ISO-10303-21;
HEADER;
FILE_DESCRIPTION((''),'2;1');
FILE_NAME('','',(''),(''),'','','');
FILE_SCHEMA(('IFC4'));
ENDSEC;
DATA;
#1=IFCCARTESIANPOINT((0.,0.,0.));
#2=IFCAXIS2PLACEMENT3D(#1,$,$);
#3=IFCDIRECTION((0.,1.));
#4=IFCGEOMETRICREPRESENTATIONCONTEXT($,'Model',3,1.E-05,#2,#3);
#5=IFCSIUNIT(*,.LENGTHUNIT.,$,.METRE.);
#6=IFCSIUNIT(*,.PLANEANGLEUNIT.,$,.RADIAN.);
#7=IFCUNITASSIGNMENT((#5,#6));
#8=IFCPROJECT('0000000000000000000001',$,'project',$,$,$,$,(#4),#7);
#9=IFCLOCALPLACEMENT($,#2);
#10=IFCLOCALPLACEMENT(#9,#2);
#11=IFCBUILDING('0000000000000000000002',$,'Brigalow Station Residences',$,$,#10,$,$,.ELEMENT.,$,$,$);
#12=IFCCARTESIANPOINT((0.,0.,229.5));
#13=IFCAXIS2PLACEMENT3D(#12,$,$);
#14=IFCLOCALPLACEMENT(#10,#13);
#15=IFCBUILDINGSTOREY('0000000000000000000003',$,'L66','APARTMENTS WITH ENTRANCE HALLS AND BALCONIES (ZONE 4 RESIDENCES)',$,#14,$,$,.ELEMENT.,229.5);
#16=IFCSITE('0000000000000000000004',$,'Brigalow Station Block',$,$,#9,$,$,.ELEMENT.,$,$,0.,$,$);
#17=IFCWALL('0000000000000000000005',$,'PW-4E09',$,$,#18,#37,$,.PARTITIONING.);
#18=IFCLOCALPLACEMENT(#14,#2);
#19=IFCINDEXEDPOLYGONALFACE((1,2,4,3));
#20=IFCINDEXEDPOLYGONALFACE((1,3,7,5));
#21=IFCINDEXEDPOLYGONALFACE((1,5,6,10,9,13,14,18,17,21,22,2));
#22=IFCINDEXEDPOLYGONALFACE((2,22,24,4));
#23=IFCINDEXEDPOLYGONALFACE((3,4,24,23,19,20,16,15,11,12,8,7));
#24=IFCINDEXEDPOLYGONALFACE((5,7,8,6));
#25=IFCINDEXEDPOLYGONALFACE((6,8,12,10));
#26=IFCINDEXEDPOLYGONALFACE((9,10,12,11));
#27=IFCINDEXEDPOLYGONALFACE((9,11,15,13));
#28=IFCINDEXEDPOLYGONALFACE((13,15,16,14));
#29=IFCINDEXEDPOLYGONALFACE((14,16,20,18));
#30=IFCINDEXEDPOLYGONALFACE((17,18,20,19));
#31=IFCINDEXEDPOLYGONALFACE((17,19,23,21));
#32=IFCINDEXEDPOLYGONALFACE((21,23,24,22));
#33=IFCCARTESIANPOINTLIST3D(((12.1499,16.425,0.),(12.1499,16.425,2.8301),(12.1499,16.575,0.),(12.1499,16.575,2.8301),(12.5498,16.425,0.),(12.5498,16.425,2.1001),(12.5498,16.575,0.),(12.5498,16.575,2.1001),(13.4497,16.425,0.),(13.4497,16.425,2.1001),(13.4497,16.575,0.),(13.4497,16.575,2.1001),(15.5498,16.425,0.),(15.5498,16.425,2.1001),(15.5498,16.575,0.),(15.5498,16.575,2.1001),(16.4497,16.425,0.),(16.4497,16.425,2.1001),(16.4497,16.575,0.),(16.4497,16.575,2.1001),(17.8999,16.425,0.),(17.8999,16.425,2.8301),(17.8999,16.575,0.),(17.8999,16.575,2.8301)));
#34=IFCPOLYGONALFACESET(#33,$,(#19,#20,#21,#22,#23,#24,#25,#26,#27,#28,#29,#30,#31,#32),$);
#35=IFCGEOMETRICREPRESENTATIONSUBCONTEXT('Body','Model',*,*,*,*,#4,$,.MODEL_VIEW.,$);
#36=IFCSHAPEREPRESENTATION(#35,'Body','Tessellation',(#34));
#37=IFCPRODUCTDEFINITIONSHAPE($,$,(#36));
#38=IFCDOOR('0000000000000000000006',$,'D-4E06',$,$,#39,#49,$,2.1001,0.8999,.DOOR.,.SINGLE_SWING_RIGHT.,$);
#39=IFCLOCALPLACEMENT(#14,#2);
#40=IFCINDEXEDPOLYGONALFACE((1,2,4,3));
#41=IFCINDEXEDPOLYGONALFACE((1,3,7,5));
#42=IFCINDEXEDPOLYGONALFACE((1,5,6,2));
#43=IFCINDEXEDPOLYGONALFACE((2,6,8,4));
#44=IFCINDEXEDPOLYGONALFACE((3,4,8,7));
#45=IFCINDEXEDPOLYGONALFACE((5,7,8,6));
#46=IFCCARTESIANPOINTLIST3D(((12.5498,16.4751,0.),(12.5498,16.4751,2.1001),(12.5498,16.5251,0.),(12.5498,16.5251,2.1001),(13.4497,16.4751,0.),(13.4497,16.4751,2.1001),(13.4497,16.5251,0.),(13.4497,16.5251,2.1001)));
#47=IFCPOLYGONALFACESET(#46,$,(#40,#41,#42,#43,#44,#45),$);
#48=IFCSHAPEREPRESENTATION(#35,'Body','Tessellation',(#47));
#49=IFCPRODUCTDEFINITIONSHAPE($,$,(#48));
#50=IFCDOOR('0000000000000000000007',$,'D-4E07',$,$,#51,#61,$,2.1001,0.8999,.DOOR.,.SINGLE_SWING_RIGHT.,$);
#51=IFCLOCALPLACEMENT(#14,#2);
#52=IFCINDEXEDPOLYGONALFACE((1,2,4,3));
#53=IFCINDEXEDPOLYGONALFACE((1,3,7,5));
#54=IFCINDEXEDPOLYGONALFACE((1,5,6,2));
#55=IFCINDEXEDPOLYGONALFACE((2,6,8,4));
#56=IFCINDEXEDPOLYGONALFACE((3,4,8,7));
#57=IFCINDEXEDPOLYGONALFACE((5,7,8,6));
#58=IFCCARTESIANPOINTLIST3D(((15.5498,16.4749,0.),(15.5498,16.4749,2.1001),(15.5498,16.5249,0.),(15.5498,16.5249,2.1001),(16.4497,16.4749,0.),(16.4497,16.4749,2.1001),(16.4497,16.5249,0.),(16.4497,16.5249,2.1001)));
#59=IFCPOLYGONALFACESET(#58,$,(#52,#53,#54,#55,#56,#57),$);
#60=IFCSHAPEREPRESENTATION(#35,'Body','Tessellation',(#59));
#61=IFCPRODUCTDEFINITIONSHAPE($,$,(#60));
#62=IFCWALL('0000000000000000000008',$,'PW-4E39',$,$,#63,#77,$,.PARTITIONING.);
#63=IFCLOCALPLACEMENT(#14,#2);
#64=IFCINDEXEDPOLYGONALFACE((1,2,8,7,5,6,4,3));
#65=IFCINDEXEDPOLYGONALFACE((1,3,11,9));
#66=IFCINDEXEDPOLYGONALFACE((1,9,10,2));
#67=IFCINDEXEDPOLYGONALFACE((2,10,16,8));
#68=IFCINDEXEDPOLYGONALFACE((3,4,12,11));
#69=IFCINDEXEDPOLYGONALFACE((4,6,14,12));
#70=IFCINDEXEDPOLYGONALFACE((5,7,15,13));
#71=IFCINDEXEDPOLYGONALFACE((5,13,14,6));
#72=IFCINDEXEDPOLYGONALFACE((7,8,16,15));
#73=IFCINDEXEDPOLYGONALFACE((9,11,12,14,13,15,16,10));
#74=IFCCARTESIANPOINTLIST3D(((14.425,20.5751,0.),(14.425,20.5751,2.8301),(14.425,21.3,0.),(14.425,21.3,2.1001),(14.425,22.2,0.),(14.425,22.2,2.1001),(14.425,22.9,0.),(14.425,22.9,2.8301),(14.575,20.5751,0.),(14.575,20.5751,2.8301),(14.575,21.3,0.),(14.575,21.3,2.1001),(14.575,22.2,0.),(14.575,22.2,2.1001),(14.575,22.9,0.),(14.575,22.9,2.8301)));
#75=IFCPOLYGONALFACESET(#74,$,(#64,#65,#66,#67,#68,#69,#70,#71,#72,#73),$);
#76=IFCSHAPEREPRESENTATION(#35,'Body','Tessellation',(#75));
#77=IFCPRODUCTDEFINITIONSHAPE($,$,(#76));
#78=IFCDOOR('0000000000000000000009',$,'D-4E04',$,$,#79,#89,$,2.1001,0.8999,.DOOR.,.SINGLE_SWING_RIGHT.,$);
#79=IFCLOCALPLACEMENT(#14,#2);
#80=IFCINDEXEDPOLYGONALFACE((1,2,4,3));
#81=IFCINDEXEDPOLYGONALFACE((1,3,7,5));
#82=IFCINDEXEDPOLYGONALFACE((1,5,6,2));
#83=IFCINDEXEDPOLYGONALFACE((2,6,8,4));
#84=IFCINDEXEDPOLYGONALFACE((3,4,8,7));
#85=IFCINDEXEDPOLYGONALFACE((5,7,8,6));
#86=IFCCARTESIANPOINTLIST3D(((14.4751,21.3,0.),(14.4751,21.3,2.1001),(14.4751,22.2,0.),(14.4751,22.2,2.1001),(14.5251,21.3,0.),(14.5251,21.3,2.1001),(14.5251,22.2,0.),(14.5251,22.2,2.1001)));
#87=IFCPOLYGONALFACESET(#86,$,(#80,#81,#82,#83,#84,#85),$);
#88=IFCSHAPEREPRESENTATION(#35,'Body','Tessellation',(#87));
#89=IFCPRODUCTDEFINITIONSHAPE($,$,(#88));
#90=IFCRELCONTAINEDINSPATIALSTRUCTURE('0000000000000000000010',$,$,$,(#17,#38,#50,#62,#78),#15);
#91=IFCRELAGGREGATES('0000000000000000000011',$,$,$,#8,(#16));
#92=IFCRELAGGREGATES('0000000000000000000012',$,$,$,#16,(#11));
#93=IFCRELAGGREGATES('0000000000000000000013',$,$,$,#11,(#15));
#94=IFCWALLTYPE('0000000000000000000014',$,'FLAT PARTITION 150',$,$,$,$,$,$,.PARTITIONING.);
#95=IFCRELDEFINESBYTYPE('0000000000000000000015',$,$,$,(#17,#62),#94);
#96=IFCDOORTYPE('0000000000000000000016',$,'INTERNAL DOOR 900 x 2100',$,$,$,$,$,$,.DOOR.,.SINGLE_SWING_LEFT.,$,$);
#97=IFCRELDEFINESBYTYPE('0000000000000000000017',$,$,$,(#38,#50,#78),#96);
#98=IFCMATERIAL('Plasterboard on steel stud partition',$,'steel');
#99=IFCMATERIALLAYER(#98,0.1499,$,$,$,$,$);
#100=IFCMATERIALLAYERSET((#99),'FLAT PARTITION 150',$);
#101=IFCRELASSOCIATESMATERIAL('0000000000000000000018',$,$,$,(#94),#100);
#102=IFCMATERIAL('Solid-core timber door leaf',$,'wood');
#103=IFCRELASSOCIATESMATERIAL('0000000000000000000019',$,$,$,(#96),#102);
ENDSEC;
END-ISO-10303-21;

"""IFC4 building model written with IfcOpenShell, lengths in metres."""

from ifc_helpers import new_model, si_unit, direction, frame, frame_2d, origin, place, context, subcontext, project, spatial, rectangle, extrude, material, layer, layer_set, type_object, element, fill, save


model = new_model("IFC4")

# Units and contexts
model_context = context("Model", 3, precision=1e-05, world=origin(), true_north=direction((0.0, 1.0)))
body_context = subcontext(model_context, "Body", "Model", "MODEL_VIEW")
ifc_project = project(units=[si_unit("LENGTHUNIT", "METRE"), si_unit("PLANEANGLEUNIT", "RADIAN")], contexts=[model_context])

# Site, building, storey
site_placement = place(None, origin())
site = spatial("IfcSite", under=ifc_project, at=site_placement, Name="Brigalow Station Block", CompositionType="ELEMENT", RefElevation=0.0)
building_placement = place(site_placement, origin())
building = spatial("IfcBuilding", under=site, at=building_placement, Name="Brigalow Station Residences", CompositionType="ELEMENT")
storey_placement = place(building_placement, frame((0.0, 0.0, 229.5)))
storey = spatial("IfcBuildingStorey", under=building, at=storey_placement, Name="L66", Description="APARTMENTS WITH ENTRANCE HALLS AND BALCONIES (ZONE 4 RESIDENCES)", CompositionType="ELEMENT", Elevation=229.5)

# Shared definitions
ifc_material_1 = material(Name="Plasterboard on steel stud partition", Category="steel")
ifc_layer_1 = layer(ifc_material_1, 0.1499)
ifc_layer_set_1 = layer_set([ifc_layer_1], Name="FLAT PARTITION 150")
wall_type_1 = type_object("IfcWallType", Name="FLAT PARTITION 150", PredefinedType="PARTITIONING", material=ifc_layer_set_1)

# Wall, openings, doors
wall_1_placement = place(storey_placement, frame((12.1499, 16.5, 0.0), z_axis=(0.0, 0.0, 1.0), x_axis=(1.0, 0.0, 0.0)))
wall_1 = element("IfcWall", 1, at=wall_1_placement, inside=storey, type_object=wall_type_1, Name="PW-4E09", PredefinedType="PARTITIONING", context=body_context, shape_type="SweptSolid", body=[
    extrude(rectangle(XDim=5.75, YDim=0.1499, at=frame_2d((2.875, 0.0))), origin(), (0.0, 0.0, 1.0), 2.8301),
])
opening_1_placement = place(wall_1_placement, frame((0.3999, 0.0, 0.0)))
opening_1 = element("IfcOpeningElement", 2, at=opening_1_placement, cuts=wall_1, PredefinedType="OPENING", context=body_context, shape_type="SweptSolid", body=[
    extrude(rectangle(XDim=0.8999, YDim=2.1001, at=frame_2d((0.45, 1.05))), frame((0.0, 0.085, 0.0), z_axis=(0.0, -1.0, 0.0), x_axis=(1.0, 0.0, 0.0)), (0.0, 0.0, 1.0), 0.1699),
])
opening_2_placement = place(wall_1_placement, frame((3.3999, 0.0, 0.0)))
opening_2 = element("IfcOpeningElement", 3, at=opening_2_placement, cuts=wall_1, PredefinedType="OPENING", context=body_context, shape_type="SweptSolid", body=[
    extrude(rectangle(XDim=0.8999, YDim=2.1001, at=frame_2d((0.45, 1.05))), frame((0.0, 0.085, 0.0), z_axis=(0.0, -1.0, 0.0), x_axis=(1.0, 0.0, 0.0)), (0.0, 0.0, 1.0), 0.1699),
])
ifc_material_2 = material(Name="Solid-core timber door leaf", Category="wood")
door_type_1 = type_object("IfcDoorType", Name="INTERNAL DOOR 900 x 2100", OperationType="SINGLE_SWING_LEFT", PredefinedType="DOOR", material=ifc_material_2)
door_1_placement = place(opening_1_placement, frame((0.8999, 0.0, 0.0), z_axis=(0.0, 0.0, 1.0), x_axis=(-1.0, 0.0, 0.0)))
door_1 = element("IfcDoor", 4, at=door_1_placement, inside=storey, type_object=door_type_1, Name="D-4E06", OperationType="SINGLE_SWING_RIGHT", OverallHeight=2.1001, OverallWidth=0.8999, PredefinedType="DOOR", context=body_context, shape_type="SweptSolid", body=[
    extrude(rectangle(XDim=0.8999, YDim=2.1001, at=frame_2d((0.45, 1.05))), frame((0.0, 0.0249, 0.0), z_axis=(0.0, -1.0, 0.0), x_axis=(1.0, 0.0, 0.0)), (0.0, 0.0, 1.0), 0.05),
])
fill(opening_1, door_1)
door_2_placement = place(opening_2_placement, origin())
door_2 = element("IfcDoor", 5, at=door_2_placement, inside=storey, type_object=door_type_1, Name="D-4E07", OperationType="SINGLE_SWING_RIGHT", OverallHeight=2.1001, OverallWidth=0.8999, PredefinedType="DOOR", context=body_context, shape_type="SweptSolid", body=[
    extrude(rectangle(XDim=0.8999, YDim=2.1001, at=frame_2d((0.45, 1.05))), frame((0.0, 0.0249, 0.0), z_axis=(0.0, -1.0, 0.0), x_axis=(1.0, 0.0, 0.0)), (0.0, 0.0, 1.0), 0.05),
])
fill(opening_2, door_2)

# Wall, opening, door
wall_2_placement = place(storey_placement, frame((14.5, 20.575, 0.0), z_axis=(0.0, 0.0, 1.0), x_axis=(0.0, 1.0, 0.0)))
wall_2 = element("IfcWall", 6, at=wall_2_placement, inside=storey, type_object=wall_type_1, Name="PW-4E39", PredefinedType="PARTITIONING", context=body_context, shape_type="SweptSolid", body=[
    extrude(rectangle(XDim=2.325, YDim=0.1499, at=frame_2d((1.1626, 0.0))), origin(), (0.0, 0.0, 1.0), 2.8301),
])
opening_3_placement = place(wall_2_placement, frame((0.7251, 0.0, 0.0)))
opening_3 = element("IfcOpeningElement", 7, at=opening_3_placement, cuts=wall_2, PredefinedType="OPENING", context=body_context, shape_type="SweptSolid", body=[
    extrude(rectangle(XDim=0.8999, YDim=2.1001, at=frame_2d((0.45, 1.05))), frame((0.0, 0.085, 0.0), z_axis=(0.0, -1.0, 0.0), x_axis=(1.0, 0.0, 0.0)), (0.0, 0.0, 1.0), 0.1699),
])
door_3_placement = place(opening_3_placement, origin())
door_3 = element("IfcDoor", 8, at=door_3_placement, inside=storey, type_object=door_type_1, Name="D-4E04", OperationType="SINGLE_SWING_RIGHT", OverallHeight=2.1001, OverallWidth=0.8999, PredefinedType="DOOR", context=body_context, shape_type="SweptSolid", body=[
    extrude(rectangle(XDim=0.8999, YDim=2.1001, at=frame_2d((0.45, 1.05))), frame((0.0, 0.0249, 0.0), z_axis=(0.0, -1.0, 0.0), x_axis=(1.0, 0.0, 0.0)), (0.0, 0.0, 1.0), 0.05),
])
fill(opening_3, door_3)

save(model, "model.ifc")
